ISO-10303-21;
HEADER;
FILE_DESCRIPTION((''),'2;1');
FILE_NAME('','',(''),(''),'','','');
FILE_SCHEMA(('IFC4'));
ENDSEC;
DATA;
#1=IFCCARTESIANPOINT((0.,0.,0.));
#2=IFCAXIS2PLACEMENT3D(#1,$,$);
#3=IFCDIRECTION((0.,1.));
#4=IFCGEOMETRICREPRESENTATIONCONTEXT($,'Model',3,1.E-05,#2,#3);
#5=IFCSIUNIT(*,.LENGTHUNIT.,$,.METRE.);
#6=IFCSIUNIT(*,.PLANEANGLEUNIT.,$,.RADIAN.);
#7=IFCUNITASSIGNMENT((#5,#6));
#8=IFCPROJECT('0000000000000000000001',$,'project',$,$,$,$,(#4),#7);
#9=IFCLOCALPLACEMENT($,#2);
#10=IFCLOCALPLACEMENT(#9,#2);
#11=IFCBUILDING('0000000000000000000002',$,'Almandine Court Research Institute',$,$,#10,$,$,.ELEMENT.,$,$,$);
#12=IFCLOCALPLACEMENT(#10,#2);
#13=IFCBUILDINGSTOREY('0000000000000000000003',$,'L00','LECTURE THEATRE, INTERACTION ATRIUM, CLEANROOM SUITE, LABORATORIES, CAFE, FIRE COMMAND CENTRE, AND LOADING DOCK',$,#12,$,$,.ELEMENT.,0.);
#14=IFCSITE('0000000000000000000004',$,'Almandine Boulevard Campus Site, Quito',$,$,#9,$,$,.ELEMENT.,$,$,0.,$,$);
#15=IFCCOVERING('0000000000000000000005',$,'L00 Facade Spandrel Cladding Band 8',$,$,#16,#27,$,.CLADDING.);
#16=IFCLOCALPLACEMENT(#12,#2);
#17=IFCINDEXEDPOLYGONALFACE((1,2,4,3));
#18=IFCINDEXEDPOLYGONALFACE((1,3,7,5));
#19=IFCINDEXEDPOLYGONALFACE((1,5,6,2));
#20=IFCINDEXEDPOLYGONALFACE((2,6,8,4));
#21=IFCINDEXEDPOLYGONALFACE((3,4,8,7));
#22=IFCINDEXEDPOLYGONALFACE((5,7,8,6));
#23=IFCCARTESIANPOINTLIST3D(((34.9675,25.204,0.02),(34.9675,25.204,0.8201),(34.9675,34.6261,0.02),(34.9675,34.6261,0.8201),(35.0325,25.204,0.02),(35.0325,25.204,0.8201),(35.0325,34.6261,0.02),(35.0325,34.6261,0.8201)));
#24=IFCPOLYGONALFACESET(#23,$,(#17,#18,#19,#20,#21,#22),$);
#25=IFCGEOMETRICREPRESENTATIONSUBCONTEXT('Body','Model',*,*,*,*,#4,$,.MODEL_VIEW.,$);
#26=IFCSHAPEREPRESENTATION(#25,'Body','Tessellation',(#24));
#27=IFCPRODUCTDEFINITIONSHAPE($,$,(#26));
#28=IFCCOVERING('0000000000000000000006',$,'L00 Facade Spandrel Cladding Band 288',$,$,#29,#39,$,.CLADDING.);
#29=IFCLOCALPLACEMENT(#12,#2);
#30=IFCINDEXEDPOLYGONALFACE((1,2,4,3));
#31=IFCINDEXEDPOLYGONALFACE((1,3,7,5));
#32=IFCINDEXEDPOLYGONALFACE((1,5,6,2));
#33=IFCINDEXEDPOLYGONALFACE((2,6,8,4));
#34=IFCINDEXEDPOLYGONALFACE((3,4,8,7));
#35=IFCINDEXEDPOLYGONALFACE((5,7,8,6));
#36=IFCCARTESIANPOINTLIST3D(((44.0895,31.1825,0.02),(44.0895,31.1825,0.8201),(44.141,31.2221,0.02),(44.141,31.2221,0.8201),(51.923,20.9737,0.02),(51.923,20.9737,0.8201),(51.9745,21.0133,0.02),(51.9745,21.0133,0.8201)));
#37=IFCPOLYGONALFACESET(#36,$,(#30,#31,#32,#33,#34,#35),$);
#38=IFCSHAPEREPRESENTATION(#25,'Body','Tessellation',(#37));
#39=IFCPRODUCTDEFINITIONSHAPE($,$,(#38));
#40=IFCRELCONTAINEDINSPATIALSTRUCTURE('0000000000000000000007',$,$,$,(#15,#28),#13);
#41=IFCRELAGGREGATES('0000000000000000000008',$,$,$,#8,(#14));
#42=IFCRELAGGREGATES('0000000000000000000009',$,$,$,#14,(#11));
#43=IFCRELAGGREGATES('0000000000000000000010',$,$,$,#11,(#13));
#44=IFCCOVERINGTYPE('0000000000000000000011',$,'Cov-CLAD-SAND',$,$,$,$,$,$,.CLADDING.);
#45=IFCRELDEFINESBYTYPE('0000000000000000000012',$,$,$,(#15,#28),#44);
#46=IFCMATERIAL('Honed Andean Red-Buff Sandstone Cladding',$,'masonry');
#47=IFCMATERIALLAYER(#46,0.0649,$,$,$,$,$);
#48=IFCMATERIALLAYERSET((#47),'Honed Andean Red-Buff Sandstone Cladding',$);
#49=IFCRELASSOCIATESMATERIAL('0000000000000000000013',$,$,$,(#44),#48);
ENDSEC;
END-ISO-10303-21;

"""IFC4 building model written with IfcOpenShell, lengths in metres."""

from ifc_helpers import new_model, si_unit, direction, frame, origin, origin_2d, place, context, subcontext, project, spatial, rectangle, extrude, material, layer, layer_set, type_object, element, save


model = new_model("IFC4")

# Units and contexts
model_context = context("Model", 3, precision=1e-05, world=origin(), true_north=direction((0.0, 1.0)))
body_context = subcontext(model_context, "Body", "Model", "MODEL_VIEW")
ifc_project = project(units=[si_unit("LENGTHUNIT", "METRE"), si_unit("PLANEANGLEUNIT", "RADIAN")], contexts=[model_context])

# Site, building, storey
site_placement = place(None, origin())
site = spatial("IfcSite", under=ifc_project, at=site_placement, Name="Almandine Boulevard Campus Site, Quito", CompositionType="ELEMENT", RefElevation=0.0)
building_placement = place(site_placement, origin())
building = spatial("IfcBuilding", under=site, at=building_placement, Name="Almandine Court Research Institute", CompositionType="ELEMENT")
storey_placement = place(building_placement, origin())
storey = spatial("IfcBuildingStorey", under=building, at=storey_placement, Name="L00", Description="LECTURE THEATRE, INTERACTION ATRIUM, CLEANROOM SUITE, LABORATORIES, CAFE, FIRE COMMAND CENTRE, AND LOADING DOCK", CompositionType="ELEMENT", Elevation=0.0)

# Coverings
ifc_material_1 = material(Name="Honed Andean Red-Buff Sandstone Cladding", Category="masonry")
ifc_layer_1 = layer(ifc_material_1, 0.0649)
ifc_layer_set_1 = layer_set([ifc_layer_1], Name="Honed Andean Red-Buff Sandstone Cladding")
covering_type = type_object("IfcCoveringType", Name="Cov-CLAD-SAND", PredefinedType="CLADDING", material=ifc_layer_set_1)
covering_1_placement = place(storey_placement, frame((35.0, 29.915, 0.02), z_axis=(0.0, 0.0, 1.0), x_axis=(0.0, -1.0, 0.0)))
element("IfcCovering", 1, at=covering_1_placement, inside=storey, type_object=covering_type, Name="L00 Facade Spandrel Cladding Band 8", PredefinedType="CLADDING", context=body_context, shape_type="SweptSolid", body=[
    extrude(rectangle(XDim=9.4221, YDim=0.0649, at=origin_2d()), origin(), (0.0, 0.0, 1.0), 0.8),
])
covering_2_placement = place(storey_placement, frame((48.032, 26.0979, 0.02), z_axis=(0.0, 0.0, 1.0), x_axis=(-0.608761, 0.793353, 0.0)))
element("IfcCovering", 2, at=covering_2_placement, inside=storey, type_object=covering_type, Name="L00 Facade Spandrel Cladding Band 288", PredefinedType="CLADDING", context=body_context, shape_type="SweptSolid", body=[
    extrude(rectangle(XDim=12.8679, YDim=0.0649, at=origin_2d()), origin(), (0.0, 0.0, 1.0), 0.8),
])

save(model, "model.ifc")
